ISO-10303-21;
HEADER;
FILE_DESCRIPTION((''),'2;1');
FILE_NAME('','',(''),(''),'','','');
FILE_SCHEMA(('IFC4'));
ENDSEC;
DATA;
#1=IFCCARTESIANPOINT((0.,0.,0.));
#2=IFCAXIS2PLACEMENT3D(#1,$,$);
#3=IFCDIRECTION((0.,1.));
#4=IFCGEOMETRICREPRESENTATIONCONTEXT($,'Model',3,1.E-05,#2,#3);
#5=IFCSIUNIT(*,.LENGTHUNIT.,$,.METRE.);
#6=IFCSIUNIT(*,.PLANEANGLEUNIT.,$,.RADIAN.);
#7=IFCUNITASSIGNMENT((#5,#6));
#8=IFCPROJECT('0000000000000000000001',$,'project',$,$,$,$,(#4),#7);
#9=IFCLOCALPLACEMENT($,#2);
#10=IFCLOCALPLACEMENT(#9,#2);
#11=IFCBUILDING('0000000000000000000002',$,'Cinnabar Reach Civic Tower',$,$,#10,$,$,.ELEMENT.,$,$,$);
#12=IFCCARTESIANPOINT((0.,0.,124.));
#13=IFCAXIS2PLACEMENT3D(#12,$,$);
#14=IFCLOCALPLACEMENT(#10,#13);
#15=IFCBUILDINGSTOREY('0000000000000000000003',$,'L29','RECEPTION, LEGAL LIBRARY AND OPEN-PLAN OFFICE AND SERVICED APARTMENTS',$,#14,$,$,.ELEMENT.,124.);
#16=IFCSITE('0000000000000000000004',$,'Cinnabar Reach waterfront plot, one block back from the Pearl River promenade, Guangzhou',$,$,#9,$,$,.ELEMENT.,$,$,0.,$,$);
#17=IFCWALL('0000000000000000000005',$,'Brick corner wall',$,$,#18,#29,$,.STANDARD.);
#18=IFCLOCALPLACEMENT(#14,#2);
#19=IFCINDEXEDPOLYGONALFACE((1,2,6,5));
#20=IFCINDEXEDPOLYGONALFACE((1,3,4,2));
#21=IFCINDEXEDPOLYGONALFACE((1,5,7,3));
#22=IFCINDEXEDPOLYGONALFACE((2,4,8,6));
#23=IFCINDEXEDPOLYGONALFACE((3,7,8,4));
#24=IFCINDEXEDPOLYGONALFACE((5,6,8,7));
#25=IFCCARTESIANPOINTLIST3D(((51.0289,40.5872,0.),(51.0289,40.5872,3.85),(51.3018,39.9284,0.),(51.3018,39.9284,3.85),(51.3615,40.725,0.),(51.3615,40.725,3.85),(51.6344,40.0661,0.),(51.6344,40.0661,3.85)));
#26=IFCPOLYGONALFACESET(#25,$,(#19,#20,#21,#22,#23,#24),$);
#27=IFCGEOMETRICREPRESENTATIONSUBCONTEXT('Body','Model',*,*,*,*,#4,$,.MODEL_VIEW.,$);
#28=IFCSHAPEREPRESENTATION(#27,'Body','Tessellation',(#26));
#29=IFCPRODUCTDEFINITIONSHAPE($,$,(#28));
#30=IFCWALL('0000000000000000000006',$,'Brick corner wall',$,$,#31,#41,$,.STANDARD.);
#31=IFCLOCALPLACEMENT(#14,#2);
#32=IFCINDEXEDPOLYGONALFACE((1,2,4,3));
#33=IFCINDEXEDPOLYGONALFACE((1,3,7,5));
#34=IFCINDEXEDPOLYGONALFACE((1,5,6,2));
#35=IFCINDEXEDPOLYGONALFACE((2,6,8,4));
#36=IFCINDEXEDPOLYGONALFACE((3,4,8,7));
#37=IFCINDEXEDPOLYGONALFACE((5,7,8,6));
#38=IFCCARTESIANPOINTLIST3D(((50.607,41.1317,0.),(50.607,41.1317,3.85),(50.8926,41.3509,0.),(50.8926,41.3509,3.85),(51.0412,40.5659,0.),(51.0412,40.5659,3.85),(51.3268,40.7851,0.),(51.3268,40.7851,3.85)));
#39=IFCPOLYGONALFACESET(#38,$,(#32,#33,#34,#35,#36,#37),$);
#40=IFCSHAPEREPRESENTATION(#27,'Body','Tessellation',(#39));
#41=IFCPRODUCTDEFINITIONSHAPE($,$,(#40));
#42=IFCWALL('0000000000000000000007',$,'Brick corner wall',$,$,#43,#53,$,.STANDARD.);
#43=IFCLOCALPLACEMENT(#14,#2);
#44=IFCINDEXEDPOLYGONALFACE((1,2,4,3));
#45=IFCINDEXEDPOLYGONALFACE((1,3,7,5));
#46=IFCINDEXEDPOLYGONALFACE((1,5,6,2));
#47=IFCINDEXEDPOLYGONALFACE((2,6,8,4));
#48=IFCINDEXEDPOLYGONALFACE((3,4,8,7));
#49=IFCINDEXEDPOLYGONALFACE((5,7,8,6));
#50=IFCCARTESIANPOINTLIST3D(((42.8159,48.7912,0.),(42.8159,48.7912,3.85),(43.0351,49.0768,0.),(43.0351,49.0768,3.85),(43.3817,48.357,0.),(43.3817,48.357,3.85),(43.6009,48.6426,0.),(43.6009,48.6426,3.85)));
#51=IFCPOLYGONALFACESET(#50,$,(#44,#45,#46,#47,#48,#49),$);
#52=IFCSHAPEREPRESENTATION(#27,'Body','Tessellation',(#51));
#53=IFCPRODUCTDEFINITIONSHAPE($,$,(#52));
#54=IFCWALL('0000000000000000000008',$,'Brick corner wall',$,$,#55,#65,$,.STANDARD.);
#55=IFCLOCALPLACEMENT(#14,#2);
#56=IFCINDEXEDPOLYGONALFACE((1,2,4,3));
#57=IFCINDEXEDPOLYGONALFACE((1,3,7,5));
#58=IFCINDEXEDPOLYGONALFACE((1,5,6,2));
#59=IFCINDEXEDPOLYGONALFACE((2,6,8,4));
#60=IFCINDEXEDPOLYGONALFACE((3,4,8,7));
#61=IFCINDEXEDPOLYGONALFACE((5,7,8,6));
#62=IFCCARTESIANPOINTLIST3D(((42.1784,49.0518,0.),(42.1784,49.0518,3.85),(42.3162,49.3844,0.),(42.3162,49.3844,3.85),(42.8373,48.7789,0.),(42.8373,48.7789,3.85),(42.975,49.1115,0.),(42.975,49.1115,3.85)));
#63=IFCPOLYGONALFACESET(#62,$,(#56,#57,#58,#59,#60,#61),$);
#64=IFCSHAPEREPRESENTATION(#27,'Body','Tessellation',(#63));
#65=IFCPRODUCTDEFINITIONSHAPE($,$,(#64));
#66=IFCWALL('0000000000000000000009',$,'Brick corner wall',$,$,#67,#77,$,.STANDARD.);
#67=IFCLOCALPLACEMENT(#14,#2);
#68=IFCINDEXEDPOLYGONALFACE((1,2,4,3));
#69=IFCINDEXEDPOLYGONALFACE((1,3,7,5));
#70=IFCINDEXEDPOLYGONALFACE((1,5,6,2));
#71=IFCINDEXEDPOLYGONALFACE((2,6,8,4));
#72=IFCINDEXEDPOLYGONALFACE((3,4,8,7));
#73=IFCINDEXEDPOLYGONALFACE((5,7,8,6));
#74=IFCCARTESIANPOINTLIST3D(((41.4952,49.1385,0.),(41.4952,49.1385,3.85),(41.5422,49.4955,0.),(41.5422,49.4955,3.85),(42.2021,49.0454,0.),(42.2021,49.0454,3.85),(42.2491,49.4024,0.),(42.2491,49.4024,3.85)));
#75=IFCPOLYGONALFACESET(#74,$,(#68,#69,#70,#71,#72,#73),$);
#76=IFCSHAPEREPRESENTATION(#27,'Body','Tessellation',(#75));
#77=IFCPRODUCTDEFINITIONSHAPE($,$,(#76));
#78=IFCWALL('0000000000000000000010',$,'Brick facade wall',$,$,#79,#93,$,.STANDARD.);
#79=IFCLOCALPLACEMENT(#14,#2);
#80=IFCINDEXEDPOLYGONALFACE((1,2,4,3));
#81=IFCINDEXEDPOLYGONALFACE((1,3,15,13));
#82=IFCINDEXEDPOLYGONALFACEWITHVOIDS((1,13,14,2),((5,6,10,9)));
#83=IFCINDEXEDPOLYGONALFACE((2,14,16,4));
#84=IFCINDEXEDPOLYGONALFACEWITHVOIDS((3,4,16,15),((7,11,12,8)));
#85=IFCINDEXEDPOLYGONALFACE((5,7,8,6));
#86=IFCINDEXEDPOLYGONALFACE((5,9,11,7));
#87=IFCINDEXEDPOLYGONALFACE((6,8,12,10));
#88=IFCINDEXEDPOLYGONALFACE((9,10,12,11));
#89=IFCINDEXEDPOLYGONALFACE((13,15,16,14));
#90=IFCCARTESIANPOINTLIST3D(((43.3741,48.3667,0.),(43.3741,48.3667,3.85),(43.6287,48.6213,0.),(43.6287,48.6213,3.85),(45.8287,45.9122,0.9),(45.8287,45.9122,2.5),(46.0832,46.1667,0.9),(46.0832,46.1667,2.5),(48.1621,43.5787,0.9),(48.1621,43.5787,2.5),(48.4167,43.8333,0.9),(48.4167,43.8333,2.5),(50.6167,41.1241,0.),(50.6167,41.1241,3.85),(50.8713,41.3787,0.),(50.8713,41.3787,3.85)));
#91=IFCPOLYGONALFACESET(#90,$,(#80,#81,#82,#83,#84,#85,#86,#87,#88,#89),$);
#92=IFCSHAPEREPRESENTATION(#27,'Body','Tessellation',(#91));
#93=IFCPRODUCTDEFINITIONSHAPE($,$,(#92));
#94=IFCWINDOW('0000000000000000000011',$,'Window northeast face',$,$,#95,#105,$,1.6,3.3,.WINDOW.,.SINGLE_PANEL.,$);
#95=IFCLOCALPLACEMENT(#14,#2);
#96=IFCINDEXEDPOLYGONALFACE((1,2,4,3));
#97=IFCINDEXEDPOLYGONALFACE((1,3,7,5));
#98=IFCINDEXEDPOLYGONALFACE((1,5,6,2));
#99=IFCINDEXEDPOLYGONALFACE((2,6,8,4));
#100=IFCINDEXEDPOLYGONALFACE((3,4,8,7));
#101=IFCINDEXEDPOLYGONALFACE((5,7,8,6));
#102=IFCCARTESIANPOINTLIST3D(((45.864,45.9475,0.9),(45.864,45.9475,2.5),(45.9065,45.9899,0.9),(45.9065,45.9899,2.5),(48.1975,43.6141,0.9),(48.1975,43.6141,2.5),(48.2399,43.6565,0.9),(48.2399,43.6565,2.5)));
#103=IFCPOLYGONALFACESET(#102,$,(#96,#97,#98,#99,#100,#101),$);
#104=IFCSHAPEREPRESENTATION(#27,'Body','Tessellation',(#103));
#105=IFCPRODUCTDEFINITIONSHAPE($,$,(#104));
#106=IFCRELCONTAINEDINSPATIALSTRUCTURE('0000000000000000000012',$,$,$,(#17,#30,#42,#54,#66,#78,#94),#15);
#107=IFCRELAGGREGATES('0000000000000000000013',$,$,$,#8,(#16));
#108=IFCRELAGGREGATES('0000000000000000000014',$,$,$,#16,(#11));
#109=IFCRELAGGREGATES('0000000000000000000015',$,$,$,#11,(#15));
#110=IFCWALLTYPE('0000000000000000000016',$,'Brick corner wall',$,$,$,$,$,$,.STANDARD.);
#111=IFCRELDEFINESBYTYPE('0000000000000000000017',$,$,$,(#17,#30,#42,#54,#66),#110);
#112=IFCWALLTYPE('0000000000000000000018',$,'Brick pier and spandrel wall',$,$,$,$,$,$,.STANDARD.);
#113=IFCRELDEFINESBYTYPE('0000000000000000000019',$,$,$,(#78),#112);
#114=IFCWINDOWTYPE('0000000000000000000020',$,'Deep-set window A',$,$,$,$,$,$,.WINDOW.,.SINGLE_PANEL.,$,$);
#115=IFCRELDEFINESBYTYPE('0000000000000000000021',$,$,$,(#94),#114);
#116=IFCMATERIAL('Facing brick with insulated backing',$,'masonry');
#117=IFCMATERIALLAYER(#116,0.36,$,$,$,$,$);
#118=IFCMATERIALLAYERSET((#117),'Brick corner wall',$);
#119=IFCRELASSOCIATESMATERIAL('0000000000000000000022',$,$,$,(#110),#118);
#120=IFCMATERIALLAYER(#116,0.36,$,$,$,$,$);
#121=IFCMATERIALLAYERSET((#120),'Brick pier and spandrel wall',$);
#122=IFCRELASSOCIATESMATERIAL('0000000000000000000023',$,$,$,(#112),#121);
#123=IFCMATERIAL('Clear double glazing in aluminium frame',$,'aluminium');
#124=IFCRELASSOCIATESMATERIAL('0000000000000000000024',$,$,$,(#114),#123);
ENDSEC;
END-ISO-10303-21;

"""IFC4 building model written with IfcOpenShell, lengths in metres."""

from ifc_helpers import new_model, si_unit, direction, frame, frame_2d, origin, place, context, subcontext, project, spatial, rectangle, extrude, material, layer, layer_set, type_object, element, fill, save


model = new_model("IFC4")

# Units and contexts
model_context = context("Model", 3, precision=1e-05, world=origin(), true_north=direction((0.0, 1.0)))
body_context = subcontext(model_context, "Body", "Model", "MODEL_VIEW")
ifc_project = project(units=[si_unit("LENGTHUNIT", "METRE"), si_unit("PLANEANGLEUNIT", "RADIAN")], contexts=[model_context])

# Site, building, storey
site_placement = place(None, origin())
site = spatial("IfcSite", under=ifc_project, at=site_placement, Name="Cinnabar Reach waterfront plot, one block back from the Pearl River promenade, Guangzhou", CompositionType="ELEMENT", RefElevation=0.0)
building_placement = place(site_placement, origin())
building = spatial("IfcBuilding", under=site, at=building_placement, Name="Cinnabar Reach Civic Tower", CompositionType="ELEMENT")
storey_placement = place(building_placement, frame((0.0, 0.0, 124.0)))
storey = spatial("IfcBuildingStorey", under=building, at=storey_placement, Name="L29", Description="RECEPTION, LEGAL LIBRARY AND OPEN-PLAN OFFICE AND SERVICED APARTMENTS", CompositionType="ELEMENT", Elevation=124.0)

# Walls
ifc_material_1 = material(Name="Facing brick with insulated backing", Category="masonry")
ifc_layer_1 = layer(ifc_material_1, 0.36)
ifc_layer_set_1 = layer_set([ifc_layer_1], Name="Brick corner wall")
wall_type_1 = type_object("IfcWallType", Name="Brick corner wall", PredefinedType="STANDARD", material=ifc_layer_set_1)
wall_1_placement = place(storey_placement, frame((51.4681, 39.9973, 0.0), z_axis=(0.0, 0.0, 1.0), x_axis=(-0.382703, 0.923872, 0.0)))
element("IfcWall", 1, at=wall_1_placement, inside=storey, type_object=wall_type_1, Name="Brick corner wall", PredefinedType="STANDARD", context=body_context, shape_type="SweptSolid", body=[
    extrude(rectangle(XDim=0.7131, YDim=0.36, at=frame_2d((0.3565, 0.0))), origin(), (0.0, 0.0, 1.0), 3.85),
])
for number, where, z_axis, x_axis, name in (
    (2, (51.184, 40.6755, 0.0), (0.0, 0.0, 1.0), (-0.608802, 0.793322, 0.0), "Brick corner wall"),
    (3, (43.4913, 48.4998, 0.0), (0.0, 0.0, 1.0), (-0.793322, 0.608802, 0.0), "Brick corner wall"),
):
    element("IfcWall", number, at=place(storey_placement, frame(where, z_axis=z_axis, x_axis=x_axis)), inside=storey, type_object=wall_type_1, Name=name, PredefinedType="STANDARD", context=body_context, shape_type="SweptSolid", body=[
        extrude(rectangle(XDim=0.7132, YDim=0.36, at=frame_2d((0.3566, 0.0))), origin(), (0.0, 0.0, 1.0), 3.85),
    ])
for number, where, z_axis, x_axis, name in (
    (4, (42.9061, 48.9452, 0.0), (0.0, 0.0, 1.0), (-0.923872, 0.382703, 0.0), "Brick corner wall"),
    (5, (42.2256, 49.2239, 0.0), (0.0, 0.0, 1.0), (-0.991441, 0.130556, 0.0), "Brick corner wall"),
):
    element("IfcWall", number, at=place(storey_placement, frame(where, z_axis=z_axis, x_axis=x_axis)), inside=storey, type_object=wall_type_1, Name=name, PredefinedType="STANDARD", context=body_context, shape_type="SweptSolid", body=[
        extrude(rectangle(XDim=0.7131, YDim=0.36, at=frame_2d((0.3565, 0.0))), origin(), (0.0, 0.0, 1.0), 3.85),
    ])

# Wall, opening, window
ifc_layer_2 = layer(ifc_material_1, 0.36)
ifc_layer_set_2 = layer_set([ifc_layer_2], Name="Brick pier and spandrel wall")
wall_type_2 = type_object("IfcWallType", Name="Brick pier and spandrel wall", PredefinedType="STANDARD", material=ifc_layer_set_2)
wall_2_placement = place(storey_placement, frame((50.744, 41.2514, 0.0), z_axis=(0.0, 0.0, 1.0), x_axis=(-0.707107, 0.707107, 0.0)))
wall_2 = element("IfcWall", 6, at=wall_2_placement, inside=storey, type_object=wall_type_2, Name="Brick facade wall", PredefinedType="STANDARD", context=body_context, shape_type="SweptSolid", body=[
    extrude(rectangle(XDim=10.2426, YDim=0.36, at=frame_2d((5.1213, 0.0))), origin(), (0.0, 0.0, 1.0), 3.85),
])
opening_1_placement = place(wall_2_placement, frame((3.4713, 0.0, 0.9)))
opening_1 = element("IfcOpeningElement", 7, at=opening_1_placement, cuts=wall_2, PredefinedType="OPENING", context=body_context, shape_type="SweptSolid", body=[
    extrude(rectangle(XDim=3.3, YDim=1.6, at=frame_2d((1.65, 0.8))), frame((0.0, 0.19, 0.0), z_axis=(0.0, -1.0, 0.0), x_axis=(1.0, 0.0, 0.0)), (0.0, 0.0, 1.0), 0.38),
])
ifc_material_2 = material(Name="Clear double glazing in aluminium frame", Category="aluminium")
window_type_1 = type_object("IfcWindowType", Name="Deep-set window A", PartitioningType="SINGLE_PANEL", PredefinedType="WINDOW", material=ifc_material_2)
window_1_placement = place(opening_1_placement, origin())
window_1 = element("IfcWindow", 8, at=window_1_placement, inside=storey, type_object=window_type_1, Name="Window northeast face", OverallHeight=1.6, OverallWidth=3.3, PartitioningType="SINGLE_PANEL", PredefinedType="WINDOW", context=body_context, shape_type="SweptSolid", body=[
    extrude(rectangle(XDim=3.3, YDim=1.6, at=frame_2d((1.65, 0.8))), frame((0.0, 0.13, 0.0), z_axis=(0.0, -1.0, 0.0), x_axis=(1.0, 0.0, 0.0)), (0.0, 0.0, 1.0), 0.06),
])
fill(opening_1, window_1)

save(model, "model.ifc")
